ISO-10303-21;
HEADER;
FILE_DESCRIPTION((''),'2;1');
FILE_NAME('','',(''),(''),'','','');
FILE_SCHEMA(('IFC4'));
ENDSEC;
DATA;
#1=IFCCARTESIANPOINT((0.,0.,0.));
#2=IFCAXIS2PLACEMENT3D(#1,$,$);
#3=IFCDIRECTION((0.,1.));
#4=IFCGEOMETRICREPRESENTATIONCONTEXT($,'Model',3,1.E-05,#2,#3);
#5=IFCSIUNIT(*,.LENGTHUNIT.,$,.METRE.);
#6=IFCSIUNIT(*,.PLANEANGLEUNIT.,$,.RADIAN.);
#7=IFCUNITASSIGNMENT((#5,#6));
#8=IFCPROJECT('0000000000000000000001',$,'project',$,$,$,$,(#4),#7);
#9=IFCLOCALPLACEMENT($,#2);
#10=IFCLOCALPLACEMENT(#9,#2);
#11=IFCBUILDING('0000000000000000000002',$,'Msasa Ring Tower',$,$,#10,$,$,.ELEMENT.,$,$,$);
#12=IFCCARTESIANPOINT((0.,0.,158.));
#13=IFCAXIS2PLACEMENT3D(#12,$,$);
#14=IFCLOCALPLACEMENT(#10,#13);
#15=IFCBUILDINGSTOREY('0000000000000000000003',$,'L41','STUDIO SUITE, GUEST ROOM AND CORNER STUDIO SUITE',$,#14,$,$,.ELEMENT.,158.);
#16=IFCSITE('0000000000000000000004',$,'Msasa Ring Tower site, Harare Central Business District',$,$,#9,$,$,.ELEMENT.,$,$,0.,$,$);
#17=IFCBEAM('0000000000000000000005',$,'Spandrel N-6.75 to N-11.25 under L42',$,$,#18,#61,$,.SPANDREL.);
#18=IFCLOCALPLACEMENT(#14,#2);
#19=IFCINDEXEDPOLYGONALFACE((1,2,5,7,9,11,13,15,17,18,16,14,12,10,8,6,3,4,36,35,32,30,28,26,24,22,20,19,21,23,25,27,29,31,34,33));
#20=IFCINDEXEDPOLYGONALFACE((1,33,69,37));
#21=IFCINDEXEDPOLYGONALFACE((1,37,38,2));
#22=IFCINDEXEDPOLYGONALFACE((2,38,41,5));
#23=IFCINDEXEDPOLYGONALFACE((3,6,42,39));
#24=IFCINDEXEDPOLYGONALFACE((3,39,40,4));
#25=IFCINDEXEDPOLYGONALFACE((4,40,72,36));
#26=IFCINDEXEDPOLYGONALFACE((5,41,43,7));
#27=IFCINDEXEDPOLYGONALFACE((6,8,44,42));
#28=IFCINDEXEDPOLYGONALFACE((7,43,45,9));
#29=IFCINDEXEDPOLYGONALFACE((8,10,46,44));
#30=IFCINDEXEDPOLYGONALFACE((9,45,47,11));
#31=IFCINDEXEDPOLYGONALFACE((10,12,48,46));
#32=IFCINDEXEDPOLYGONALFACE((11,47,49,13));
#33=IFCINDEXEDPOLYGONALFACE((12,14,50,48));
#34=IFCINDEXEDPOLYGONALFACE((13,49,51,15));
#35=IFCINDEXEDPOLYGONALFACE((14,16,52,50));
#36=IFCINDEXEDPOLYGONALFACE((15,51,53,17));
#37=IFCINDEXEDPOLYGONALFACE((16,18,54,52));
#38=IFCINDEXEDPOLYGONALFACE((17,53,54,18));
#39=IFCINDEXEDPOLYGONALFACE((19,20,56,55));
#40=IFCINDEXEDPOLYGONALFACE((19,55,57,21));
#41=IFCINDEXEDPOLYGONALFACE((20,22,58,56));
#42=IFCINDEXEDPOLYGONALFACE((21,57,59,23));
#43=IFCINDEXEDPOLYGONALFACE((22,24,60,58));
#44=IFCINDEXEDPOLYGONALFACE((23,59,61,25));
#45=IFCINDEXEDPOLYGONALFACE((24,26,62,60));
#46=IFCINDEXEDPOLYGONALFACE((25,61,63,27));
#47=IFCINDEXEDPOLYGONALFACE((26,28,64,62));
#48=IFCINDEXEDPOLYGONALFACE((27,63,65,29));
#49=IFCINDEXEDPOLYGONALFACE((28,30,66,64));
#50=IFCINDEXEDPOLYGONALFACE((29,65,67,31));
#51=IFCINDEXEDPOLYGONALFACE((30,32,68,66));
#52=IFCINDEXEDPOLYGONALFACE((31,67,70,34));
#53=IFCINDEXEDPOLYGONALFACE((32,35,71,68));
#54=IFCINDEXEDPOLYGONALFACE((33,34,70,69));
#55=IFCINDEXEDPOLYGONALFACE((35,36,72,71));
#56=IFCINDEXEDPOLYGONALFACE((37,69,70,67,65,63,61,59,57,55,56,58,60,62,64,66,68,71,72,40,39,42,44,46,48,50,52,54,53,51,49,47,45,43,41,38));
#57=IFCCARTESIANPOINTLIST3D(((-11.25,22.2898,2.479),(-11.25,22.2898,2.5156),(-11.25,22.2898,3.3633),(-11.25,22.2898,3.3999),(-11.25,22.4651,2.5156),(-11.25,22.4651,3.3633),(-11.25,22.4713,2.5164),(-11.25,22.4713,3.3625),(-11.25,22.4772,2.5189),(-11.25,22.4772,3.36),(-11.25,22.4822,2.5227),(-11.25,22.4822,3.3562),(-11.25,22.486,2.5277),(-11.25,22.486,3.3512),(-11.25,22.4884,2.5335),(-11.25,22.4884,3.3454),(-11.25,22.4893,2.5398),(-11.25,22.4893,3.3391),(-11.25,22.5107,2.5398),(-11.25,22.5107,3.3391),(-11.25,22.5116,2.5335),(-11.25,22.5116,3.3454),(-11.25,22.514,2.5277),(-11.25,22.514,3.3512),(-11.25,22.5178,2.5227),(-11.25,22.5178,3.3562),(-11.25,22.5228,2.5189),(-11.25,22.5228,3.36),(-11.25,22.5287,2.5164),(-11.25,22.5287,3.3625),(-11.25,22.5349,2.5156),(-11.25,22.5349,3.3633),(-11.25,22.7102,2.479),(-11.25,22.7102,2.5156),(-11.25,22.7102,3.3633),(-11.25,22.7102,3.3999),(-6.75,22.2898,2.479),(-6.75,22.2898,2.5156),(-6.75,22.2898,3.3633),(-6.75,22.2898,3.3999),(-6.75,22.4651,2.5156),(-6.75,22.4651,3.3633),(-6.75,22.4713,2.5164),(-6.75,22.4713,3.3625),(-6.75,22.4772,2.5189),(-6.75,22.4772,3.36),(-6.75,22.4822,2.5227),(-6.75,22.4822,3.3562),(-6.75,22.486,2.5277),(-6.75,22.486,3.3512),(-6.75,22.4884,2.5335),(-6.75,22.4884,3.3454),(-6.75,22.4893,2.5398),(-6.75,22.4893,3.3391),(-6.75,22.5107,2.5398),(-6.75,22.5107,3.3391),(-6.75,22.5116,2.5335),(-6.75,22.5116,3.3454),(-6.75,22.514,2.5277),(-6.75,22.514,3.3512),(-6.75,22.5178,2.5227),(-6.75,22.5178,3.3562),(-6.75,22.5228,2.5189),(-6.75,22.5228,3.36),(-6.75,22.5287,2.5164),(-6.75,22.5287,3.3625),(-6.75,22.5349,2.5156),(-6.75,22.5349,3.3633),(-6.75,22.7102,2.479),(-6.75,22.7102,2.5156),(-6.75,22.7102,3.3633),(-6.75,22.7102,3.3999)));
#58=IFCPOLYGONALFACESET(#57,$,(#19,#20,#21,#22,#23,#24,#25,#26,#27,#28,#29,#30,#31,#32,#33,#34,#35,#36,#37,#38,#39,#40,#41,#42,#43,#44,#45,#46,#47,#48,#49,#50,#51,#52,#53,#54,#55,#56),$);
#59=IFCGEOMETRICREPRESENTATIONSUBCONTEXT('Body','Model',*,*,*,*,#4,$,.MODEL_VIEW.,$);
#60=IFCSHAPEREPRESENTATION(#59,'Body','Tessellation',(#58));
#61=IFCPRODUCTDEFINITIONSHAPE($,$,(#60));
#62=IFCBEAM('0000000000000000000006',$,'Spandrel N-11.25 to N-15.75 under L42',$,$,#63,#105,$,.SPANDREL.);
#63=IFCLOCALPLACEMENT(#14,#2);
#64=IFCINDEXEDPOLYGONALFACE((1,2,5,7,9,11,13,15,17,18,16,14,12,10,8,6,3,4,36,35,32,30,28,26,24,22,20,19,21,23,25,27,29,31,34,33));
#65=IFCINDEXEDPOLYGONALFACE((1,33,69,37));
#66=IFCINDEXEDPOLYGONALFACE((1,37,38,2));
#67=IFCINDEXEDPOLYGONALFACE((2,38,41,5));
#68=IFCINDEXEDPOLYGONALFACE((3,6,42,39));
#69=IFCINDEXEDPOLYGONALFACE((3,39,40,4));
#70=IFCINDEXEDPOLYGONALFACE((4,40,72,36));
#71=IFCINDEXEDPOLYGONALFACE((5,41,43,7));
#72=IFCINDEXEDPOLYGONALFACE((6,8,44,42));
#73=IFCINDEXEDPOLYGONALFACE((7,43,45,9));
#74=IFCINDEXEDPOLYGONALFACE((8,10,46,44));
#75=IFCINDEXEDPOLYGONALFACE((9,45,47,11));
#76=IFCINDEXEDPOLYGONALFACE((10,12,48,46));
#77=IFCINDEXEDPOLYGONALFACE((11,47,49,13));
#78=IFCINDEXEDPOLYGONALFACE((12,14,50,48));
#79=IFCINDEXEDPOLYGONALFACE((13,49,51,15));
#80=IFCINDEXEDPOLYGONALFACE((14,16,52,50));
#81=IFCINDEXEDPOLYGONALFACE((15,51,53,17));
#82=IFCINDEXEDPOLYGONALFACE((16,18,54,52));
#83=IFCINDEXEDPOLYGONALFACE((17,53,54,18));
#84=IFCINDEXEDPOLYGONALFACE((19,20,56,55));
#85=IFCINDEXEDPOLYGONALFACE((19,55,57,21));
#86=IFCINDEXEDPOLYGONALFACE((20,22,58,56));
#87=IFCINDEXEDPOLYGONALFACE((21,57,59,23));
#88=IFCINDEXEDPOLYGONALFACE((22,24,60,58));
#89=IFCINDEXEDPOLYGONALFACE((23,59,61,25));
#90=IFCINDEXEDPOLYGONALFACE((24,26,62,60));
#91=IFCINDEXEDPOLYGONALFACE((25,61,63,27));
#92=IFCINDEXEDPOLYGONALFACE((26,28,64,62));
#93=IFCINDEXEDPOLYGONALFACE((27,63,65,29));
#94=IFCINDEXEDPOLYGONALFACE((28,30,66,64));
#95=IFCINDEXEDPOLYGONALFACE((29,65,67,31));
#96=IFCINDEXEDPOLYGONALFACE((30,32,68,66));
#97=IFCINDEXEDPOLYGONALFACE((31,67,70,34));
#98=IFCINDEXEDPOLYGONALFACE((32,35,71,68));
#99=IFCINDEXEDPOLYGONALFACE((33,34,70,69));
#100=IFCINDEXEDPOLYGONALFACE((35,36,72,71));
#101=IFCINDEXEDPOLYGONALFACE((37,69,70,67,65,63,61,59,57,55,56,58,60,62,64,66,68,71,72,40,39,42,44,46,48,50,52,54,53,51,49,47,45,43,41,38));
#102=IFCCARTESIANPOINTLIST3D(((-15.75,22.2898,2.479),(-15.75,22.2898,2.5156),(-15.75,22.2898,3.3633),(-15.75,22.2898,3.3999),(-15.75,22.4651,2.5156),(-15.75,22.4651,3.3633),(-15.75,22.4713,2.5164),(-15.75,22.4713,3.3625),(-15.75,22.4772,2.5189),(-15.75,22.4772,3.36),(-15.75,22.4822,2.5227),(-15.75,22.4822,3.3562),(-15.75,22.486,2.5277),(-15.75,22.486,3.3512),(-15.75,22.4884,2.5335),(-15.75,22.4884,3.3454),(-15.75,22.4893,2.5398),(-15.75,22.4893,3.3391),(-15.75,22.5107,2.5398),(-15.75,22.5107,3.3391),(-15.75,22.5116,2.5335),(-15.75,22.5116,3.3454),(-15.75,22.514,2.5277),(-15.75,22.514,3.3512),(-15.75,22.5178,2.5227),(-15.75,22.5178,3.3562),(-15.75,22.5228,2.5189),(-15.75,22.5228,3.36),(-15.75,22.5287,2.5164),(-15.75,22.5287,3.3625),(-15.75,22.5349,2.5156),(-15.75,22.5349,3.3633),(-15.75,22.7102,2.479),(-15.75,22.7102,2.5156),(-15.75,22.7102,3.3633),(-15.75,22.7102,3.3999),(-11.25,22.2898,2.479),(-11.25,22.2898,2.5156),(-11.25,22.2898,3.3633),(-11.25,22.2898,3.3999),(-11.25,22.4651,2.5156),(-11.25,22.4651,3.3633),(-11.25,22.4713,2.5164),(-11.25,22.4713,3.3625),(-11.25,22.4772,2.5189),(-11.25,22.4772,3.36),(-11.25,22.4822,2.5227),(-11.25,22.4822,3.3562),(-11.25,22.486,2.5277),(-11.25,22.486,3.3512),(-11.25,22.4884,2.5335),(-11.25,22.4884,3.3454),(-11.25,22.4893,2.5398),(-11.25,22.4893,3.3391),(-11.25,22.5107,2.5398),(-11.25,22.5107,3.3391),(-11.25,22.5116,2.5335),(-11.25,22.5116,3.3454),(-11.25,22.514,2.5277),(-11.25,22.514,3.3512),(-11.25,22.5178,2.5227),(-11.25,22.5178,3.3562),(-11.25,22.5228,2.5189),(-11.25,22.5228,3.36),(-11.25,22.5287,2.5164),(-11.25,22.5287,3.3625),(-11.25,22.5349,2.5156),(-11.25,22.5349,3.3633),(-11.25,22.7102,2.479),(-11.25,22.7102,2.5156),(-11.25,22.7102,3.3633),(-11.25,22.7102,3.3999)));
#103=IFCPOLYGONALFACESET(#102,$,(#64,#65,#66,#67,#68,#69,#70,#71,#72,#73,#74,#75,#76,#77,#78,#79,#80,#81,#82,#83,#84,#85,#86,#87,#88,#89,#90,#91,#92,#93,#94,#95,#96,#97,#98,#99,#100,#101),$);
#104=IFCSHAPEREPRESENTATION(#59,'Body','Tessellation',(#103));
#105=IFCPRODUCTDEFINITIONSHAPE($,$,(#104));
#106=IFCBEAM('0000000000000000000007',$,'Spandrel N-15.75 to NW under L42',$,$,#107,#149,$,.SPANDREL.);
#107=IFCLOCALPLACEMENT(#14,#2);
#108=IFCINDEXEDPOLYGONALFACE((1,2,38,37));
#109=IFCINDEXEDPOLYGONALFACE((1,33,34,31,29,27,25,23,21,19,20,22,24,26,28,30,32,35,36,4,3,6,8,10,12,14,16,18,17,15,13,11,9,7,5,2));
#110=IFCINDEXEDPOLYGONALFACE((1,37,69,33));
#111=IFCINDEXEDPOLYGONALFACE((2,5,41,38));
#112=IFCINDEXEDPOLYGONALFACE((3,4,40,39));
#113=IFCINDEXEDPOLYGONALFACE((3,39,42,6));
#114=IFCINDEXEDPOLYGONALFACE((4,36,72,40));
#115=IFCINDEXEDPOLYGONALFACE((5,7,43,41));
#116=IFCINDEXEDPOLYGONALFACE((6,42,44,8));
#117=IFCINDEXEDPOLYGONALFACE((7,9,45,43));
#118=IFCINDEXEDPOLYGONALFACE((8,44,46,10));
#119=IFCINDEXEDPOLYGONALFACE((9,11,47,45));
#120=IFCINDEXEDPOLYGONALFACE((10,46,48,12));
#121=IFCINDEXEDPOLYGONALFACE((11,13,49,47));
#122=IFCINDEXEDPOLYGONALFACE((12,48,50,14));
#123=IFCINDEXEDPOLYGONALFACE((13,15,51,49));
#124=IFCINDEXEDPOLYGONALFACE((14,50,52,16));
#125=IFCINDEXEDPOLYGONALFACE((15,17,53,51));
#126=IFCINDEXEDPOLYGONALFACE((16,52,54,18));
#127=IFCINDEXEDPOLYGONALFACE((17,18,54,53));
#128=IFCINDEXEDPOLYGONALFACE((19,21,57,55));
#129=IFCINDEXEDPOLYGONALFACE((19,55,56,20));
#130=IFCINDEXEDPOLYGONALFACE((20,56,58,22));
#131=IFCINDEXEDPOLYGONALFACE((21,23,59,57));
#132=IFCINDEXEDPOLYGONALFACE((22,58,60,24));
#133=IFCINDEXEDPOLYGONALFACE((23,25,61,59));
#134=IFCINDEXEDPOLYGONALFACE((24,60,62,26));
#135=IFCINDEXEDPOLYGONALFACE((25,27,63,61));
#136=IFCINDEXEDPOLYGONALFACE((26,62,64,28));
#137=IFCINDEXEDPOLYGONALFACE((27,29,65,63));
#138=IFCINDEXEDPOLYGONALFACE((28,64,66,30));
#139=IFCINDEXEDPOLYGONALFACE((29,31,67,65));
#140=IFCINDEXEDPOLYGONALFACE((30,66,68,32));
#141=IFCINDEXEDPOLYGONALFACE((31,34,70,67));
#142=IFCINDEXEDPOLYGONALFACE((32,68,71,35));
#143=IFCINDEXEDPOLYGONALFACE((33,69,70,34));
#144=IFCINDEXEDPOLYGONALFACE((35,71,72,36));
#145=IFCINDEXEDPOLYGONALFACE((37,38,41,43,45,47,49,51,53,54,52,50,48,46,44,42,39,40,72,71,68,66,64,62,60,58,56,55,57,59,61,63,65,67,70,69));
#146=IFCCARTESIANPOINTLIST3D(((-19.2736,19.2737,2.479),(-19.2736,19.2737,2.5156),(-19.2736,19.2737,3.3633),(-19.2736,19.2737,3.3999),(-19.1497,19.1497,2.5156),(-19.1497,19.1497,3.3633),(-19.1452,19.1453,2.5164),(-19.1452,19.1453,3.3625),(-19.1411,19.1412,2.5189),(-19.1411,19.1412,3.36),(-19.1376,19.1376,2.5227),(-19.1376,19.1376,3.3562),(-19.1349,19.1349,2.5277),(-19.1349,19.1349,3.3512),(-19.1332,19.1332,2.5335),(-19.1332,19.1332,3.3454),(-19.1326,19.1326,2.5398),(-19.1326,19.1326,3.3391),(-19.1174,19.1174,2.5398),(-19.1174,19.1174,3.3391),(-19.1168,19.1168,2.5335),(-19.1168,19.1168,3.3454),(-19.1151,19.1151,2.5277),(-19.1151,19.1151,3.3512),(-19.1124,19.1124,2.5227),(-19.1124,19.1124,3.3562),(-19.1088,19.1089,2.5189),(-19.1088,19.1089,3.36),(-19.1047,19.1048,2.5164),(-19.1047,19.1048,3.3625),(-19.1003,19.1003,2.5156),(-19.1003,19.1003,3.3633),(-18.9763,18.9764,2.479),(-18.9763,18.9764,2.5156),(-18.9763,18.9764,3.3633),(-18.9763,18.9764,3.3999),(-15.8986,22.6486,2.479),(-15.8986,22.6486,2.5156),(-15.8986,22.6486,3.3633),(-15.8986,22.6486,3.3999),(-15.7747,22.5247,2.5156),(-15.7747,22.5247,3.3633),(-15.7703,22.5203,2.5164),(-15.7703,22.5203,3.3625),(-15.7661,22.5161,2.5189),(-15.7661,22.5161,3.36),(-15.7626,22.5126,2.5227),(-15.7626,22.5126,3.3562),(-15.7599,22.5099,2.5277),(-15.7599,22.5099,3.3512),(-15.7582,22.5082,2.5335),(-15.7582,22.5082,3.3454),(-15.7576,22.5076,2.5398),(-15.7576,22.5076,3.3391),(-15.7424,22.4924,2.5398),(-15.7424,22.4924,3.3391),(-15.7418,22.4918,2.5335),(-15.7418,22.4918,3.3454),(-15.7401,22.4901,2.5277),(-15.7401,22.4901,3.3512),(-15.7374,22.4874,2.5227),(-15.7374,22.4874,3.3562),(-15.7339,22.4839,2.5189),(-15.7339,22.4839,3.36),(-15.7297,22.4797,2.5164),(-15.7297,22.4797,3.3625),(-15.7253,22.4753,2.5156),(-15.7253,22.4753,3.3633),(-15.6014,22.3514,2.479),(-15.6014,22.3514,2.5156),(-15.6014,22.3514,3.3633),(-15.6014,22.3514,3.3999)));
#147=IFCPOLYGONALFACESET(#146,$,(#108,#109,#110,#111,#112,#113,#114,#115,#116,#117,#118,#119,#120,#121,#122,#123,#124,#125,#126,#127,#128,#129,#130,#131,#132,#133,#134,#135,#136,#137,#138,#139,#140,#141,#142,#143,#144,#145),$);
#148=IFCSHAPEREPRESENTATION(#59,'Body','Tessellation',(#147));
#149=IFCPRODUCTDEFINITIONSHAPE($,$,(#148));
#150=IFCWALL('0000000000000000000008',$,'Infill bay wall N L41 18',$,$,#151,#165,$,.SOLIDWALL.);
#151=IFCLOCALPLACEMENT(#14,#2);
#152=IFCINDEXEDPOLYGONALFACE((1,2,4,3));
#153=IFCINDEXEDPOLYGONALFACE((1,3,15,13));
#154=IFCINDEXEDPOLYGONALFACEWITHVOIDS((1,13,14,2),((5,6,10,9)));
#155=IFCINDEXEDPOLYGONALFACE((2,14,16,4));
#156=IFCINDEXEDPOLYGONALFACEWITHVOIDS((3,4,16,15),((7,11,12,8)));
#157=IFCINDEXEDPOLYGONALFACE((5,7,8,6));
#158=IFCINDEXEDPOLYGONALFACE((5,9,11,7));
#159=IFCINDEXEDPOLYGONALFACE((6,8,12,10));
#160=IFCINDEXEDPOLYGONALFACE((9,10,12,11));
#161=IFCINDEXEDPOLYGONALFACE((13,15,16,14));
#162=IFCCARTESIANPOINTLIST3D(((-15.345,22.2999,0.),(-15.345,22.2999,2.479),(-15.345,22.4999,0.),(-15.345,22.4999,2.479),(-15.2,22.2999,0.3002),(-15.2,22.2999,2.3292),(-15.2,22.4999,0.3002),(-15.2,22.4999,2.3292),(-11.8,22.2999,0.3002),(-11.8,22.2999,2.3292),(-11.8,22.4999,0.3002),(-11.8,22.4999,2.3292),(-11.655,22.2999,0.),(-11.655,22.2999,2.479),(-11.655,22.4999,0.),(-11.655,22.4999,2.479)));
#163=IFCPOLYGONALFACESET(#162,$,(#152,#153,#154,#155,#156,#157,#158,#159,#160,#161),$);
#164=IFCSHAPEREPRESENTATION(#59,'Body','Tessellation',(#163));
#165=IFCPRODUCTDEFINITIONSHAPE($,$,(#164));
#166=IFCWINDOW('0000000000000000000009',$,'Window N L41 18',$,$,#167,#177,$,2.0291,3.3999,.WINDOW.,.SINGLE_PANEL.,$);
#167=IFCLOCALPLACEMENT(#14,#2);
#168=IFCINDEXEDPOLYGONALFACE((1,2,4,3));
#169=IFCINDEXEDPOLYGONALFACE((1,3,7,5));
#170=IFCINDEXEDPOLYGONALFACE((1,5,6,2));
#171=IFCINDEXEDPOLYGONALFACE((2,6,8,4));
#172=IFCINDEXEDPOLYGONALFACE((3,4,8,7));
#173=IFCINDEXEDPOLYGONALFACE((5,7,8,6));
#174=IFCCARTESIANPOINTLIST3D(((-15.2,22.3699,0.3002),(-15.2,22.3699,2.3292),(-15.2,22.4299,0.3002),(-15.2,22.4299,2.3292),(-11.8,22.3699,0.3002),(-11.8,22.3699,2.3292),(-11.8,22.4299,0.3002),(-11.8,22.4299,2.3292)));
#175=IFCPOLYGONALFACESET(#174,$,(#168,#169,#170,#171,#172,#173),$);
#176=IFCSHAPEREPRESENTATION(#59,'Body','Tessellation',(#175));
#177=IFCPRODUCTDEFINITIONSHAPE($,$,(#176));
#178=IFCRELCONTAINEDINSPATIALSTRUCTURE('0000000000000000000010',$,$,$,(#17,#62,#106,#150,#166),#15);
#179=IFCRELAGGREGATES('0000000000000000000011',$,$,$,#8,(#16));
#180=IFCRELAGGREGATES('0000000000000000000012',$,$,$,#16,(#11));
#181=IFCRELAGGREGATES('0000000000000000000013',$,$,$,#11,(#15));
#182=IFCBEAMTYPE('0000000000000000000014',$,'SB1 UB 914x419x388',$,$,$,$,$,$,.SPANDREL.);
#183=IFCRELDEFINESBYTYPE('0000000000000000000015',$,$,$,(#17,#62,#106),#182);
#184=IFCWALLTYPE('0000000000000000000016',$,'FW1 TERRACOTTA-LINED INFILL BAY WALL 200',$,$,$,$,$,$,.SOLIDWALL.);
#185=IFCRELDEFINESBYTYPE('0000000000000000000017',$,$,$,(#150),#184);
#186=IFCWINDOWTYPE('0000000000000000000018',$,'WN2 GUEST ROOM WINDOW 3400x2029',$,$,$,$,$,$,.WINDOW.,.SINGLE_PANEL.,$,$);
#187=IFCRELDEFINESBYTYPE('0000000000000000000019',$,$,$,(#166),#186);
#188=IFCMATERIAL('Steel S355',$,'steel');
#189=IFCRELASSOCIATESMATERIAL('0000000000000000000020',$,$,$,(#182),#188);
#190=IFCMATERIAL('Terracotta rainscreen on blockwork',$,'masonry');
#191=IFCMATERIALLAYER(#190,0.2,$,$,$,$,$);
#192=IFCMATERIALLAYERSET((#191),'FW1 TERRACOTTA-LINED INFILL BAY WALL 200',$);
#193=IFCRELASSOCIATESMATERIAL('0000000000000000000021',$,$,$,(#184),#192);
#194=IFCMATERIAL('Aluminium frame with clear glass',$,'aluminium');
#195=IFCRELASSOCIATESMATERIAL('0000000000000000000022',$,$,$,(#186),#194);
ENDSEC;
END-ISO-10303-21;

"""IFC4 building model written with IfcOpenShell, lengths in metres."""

from ifc_helpers import new_model, si_unit, direction, frame, frame_2d, origin, origin_2d, place, context, subcontext, project, spatial, rectangle, i_section, extrude, material, layer, layer_set, material_profile, profile_set, type_object, element, fill, save


model = new_model("IFC4")

# Units and contexts
model_context = context("Model", 3, precision=1e-05, world=origin(), true_north=direction((0.0, 1.0)))
body_context = subcontext(model_context, "Body", "Model", "MODEL_VIEW")
ifc_project = project(units=[si_unit("LENGTHUNIT", "METRE"), si_unit("PLANEANGLEUNIT", "RADIAN")], contexts=[model_context])

# Site, building, storey
site_placement = place(None, origin())
site = spatial("IfcSite", under=ifc_project, at=site_placement, Name="Msasa Ring Tower site, Harare Central Business District", CompositionType="ELEMENT", RefElevation=0.0)
building_placement = place(site_placement, origin())
building = spatial("IfcBuilding", under=site, at=building_placement, Name="Msasa Ring Tower", CompositionType="ELEMENT")
storey_placement = place(building_placement, frame((0.0, 0.0, 158.0)))
storey = spatial("IfcBuildingStorey", under=building, at=storey_placement, Name="L41", Description="STUDIO SUITE, GUEST ROOM AND CORNER STUDIO SUITE", CompositionType="ELEMENT", Elevation=158.0)

# Beams
ifc_material_1 = material(Name="Steel S355", Category="steel")
ifc_material_profile_1 = material_profile(ifc_material_1, i_section(OverallWidth=0.4204, OverallDepth=0.9209, WebThickness=0.0215, FlangeThickness=0.0366, FilletRadius=0.0242, at=origin_2d()), Name="UB 914x419x388")
ifc_profile_set_1 = profile_set([ifc_material_profile_1], Name="Steel S355")
beam_type_1 = type_object("IfcBeamType", Name="SB1 UB 914x419x388", PredefinedType="SPANDREL", material=ifc_profile_set_1)
for number, where, z_axis, x_axis, name in (
    (1, (-6.75, 22.5, 2.9395), (-1.0, 0.0, 0.0), (0.0, -1.0, 0.0), "Spandrel N-6.75 to N-11.25 under L42"),
    (2, (-11.25, 22.5, 2.9395), (-1.0, 0.0, 0.0), (0.0, -1.0, 0.0), "Spandrel N-11.25 to N-15.75 under L42"),
):
    element("IfcBeam", number, at=place(storey_placement, frame(where, z_axis=z_axis, x_axis=x_axis)), inside=storey, type_object=beam_type_1, Name=name, PredefinedType="SPANDREL", context=body_context, shape_type="SweptSolid", body=[
        extrude(i_section(OverallWidth=0.4204, OverallDepth=0.9209, WebThickness=0.0215, FlangeThickness=0.0366, FilletRadius=0.0242, at=origin_2d()), origin(), (0.0, 0.0, 1.0), 4.5),
    ])
beam_placement = place(storey_placement, frame((-15.75, 22.5, 2.9395), z_axis=(-0.707107, -0.707107, 0.0), x_axis=(0.707107, -0.707107, 0.0)))
element("IfcBeam", 3, at=beam_placement, inside=storey, type_object=beam_type_1, Name="Spandrel N-15.75 to NW under L42", PredefinedType="SPANDREL", context=body_context, shape_type="SweptSolid", body=[
    extrude(i_section(OverallWidth=0.4204, OverallDepth=0.9209, WebThickness=0.0215, FlangeThickness=0.0366, FilletRadius=0.0242, at=origin_2d()), origin(), (0.0, 0.0, 1.0), 4.7729),
])

# Wall, opening, window
ifc_material_2 = material(Name="Terracotta rainscreen on blockwork", Category="masonry")
ifc_layer_1 = layer(ifc_material_2, 0.2)
ifc_layer_set_1 = layer_set([ifc_layer_1], Name="FW1 TERRACOTTA-LINED INFILL BAY WALL 200")
wall_type_1 = type_object("IfcWallType", Name="FW1 TERRACOTTA-LINED INFILL BAY WALL 200", PredefinedType="SOLIDWALL", material=ifc_layer_set_1)
wall_1_placement = place(storey_placement, frame((-15.345, 22.3999, 0.0), z_axis=(0.0, 0.0, 1.0), x_axis=(1.0, 0.0, 0.0)))
wall_1 = element("IfcWall", 4, at=wall_1_placement, inside=storey, type_object=wall_type_1, Name="Infill bay wall N L41 18", PredefinedType="SOLIDWALL", context=body_context, shape_type="SweptSolid", body=[
    extrude(rectangle(XDim=3.6899, YDim=0.2, at=frame_2d((1.845, 0.0))), origin(), (0.0, 0.0, 1.0), 2.479),
])
opening_1_placement = place(wall_1_placement, frame((0.145, 0.0, 0.3)))
opening_1 = element("IfcOpeningElement", 5, at=opening_1_placement, cuts=wall_1, PredefinedType="OPENING", context=body_context, shape_type="SweptSolid", body=[
    extrude(rectangle(XDim=3.3999, YDim=2.0291, at=frame_2d((1.7, 1.0146))), frame((0.0, 0.1099, 0.0), z_axis=(0.0, -1.0, 0.0), x_axis=(1.0, 0.0, 0.0)), (0.0, 0.0, 1.0), 0.22),
])
ifc_material_3 = material(Name="Aluminium frame with clear glass", Category="aluminium")
window_type = type_object("IfcWindowType", Name="WN2 GUEST ROOM WINDOW 3400x2029", PartitioningType="SINGLE_PANEL", PredefinedType="WINDOW", material=ifc_material_3)
window_1_placement = place(opening_1_placement, origin())
window_1 = element("IfcWindow", 6, at=window_1_placement, inside=storey, type_object=window_type, Name="Window N L41 18", OverallHeight=2.0291, OverallWidth=3.3999, PartitioningType="SINGLE_PANEL", PredefinedType="WINDOW", context=body_context, shape_type="SweptSolid", body=[
    extrude(rectangle(XDim=3.3999, YDim=2.0291, at=frame_2d((1.7, 1.0146))), frame((0.0, 0.03, 0.0), z_axis=(0.0, -1.0, 0.0), x_axis=(1.0, 0.0, 0.0)), (0.0, 0.0, 1.0), 0.0601),
])
fill(opening_1, window_1)

save(model, "model.ifc")
